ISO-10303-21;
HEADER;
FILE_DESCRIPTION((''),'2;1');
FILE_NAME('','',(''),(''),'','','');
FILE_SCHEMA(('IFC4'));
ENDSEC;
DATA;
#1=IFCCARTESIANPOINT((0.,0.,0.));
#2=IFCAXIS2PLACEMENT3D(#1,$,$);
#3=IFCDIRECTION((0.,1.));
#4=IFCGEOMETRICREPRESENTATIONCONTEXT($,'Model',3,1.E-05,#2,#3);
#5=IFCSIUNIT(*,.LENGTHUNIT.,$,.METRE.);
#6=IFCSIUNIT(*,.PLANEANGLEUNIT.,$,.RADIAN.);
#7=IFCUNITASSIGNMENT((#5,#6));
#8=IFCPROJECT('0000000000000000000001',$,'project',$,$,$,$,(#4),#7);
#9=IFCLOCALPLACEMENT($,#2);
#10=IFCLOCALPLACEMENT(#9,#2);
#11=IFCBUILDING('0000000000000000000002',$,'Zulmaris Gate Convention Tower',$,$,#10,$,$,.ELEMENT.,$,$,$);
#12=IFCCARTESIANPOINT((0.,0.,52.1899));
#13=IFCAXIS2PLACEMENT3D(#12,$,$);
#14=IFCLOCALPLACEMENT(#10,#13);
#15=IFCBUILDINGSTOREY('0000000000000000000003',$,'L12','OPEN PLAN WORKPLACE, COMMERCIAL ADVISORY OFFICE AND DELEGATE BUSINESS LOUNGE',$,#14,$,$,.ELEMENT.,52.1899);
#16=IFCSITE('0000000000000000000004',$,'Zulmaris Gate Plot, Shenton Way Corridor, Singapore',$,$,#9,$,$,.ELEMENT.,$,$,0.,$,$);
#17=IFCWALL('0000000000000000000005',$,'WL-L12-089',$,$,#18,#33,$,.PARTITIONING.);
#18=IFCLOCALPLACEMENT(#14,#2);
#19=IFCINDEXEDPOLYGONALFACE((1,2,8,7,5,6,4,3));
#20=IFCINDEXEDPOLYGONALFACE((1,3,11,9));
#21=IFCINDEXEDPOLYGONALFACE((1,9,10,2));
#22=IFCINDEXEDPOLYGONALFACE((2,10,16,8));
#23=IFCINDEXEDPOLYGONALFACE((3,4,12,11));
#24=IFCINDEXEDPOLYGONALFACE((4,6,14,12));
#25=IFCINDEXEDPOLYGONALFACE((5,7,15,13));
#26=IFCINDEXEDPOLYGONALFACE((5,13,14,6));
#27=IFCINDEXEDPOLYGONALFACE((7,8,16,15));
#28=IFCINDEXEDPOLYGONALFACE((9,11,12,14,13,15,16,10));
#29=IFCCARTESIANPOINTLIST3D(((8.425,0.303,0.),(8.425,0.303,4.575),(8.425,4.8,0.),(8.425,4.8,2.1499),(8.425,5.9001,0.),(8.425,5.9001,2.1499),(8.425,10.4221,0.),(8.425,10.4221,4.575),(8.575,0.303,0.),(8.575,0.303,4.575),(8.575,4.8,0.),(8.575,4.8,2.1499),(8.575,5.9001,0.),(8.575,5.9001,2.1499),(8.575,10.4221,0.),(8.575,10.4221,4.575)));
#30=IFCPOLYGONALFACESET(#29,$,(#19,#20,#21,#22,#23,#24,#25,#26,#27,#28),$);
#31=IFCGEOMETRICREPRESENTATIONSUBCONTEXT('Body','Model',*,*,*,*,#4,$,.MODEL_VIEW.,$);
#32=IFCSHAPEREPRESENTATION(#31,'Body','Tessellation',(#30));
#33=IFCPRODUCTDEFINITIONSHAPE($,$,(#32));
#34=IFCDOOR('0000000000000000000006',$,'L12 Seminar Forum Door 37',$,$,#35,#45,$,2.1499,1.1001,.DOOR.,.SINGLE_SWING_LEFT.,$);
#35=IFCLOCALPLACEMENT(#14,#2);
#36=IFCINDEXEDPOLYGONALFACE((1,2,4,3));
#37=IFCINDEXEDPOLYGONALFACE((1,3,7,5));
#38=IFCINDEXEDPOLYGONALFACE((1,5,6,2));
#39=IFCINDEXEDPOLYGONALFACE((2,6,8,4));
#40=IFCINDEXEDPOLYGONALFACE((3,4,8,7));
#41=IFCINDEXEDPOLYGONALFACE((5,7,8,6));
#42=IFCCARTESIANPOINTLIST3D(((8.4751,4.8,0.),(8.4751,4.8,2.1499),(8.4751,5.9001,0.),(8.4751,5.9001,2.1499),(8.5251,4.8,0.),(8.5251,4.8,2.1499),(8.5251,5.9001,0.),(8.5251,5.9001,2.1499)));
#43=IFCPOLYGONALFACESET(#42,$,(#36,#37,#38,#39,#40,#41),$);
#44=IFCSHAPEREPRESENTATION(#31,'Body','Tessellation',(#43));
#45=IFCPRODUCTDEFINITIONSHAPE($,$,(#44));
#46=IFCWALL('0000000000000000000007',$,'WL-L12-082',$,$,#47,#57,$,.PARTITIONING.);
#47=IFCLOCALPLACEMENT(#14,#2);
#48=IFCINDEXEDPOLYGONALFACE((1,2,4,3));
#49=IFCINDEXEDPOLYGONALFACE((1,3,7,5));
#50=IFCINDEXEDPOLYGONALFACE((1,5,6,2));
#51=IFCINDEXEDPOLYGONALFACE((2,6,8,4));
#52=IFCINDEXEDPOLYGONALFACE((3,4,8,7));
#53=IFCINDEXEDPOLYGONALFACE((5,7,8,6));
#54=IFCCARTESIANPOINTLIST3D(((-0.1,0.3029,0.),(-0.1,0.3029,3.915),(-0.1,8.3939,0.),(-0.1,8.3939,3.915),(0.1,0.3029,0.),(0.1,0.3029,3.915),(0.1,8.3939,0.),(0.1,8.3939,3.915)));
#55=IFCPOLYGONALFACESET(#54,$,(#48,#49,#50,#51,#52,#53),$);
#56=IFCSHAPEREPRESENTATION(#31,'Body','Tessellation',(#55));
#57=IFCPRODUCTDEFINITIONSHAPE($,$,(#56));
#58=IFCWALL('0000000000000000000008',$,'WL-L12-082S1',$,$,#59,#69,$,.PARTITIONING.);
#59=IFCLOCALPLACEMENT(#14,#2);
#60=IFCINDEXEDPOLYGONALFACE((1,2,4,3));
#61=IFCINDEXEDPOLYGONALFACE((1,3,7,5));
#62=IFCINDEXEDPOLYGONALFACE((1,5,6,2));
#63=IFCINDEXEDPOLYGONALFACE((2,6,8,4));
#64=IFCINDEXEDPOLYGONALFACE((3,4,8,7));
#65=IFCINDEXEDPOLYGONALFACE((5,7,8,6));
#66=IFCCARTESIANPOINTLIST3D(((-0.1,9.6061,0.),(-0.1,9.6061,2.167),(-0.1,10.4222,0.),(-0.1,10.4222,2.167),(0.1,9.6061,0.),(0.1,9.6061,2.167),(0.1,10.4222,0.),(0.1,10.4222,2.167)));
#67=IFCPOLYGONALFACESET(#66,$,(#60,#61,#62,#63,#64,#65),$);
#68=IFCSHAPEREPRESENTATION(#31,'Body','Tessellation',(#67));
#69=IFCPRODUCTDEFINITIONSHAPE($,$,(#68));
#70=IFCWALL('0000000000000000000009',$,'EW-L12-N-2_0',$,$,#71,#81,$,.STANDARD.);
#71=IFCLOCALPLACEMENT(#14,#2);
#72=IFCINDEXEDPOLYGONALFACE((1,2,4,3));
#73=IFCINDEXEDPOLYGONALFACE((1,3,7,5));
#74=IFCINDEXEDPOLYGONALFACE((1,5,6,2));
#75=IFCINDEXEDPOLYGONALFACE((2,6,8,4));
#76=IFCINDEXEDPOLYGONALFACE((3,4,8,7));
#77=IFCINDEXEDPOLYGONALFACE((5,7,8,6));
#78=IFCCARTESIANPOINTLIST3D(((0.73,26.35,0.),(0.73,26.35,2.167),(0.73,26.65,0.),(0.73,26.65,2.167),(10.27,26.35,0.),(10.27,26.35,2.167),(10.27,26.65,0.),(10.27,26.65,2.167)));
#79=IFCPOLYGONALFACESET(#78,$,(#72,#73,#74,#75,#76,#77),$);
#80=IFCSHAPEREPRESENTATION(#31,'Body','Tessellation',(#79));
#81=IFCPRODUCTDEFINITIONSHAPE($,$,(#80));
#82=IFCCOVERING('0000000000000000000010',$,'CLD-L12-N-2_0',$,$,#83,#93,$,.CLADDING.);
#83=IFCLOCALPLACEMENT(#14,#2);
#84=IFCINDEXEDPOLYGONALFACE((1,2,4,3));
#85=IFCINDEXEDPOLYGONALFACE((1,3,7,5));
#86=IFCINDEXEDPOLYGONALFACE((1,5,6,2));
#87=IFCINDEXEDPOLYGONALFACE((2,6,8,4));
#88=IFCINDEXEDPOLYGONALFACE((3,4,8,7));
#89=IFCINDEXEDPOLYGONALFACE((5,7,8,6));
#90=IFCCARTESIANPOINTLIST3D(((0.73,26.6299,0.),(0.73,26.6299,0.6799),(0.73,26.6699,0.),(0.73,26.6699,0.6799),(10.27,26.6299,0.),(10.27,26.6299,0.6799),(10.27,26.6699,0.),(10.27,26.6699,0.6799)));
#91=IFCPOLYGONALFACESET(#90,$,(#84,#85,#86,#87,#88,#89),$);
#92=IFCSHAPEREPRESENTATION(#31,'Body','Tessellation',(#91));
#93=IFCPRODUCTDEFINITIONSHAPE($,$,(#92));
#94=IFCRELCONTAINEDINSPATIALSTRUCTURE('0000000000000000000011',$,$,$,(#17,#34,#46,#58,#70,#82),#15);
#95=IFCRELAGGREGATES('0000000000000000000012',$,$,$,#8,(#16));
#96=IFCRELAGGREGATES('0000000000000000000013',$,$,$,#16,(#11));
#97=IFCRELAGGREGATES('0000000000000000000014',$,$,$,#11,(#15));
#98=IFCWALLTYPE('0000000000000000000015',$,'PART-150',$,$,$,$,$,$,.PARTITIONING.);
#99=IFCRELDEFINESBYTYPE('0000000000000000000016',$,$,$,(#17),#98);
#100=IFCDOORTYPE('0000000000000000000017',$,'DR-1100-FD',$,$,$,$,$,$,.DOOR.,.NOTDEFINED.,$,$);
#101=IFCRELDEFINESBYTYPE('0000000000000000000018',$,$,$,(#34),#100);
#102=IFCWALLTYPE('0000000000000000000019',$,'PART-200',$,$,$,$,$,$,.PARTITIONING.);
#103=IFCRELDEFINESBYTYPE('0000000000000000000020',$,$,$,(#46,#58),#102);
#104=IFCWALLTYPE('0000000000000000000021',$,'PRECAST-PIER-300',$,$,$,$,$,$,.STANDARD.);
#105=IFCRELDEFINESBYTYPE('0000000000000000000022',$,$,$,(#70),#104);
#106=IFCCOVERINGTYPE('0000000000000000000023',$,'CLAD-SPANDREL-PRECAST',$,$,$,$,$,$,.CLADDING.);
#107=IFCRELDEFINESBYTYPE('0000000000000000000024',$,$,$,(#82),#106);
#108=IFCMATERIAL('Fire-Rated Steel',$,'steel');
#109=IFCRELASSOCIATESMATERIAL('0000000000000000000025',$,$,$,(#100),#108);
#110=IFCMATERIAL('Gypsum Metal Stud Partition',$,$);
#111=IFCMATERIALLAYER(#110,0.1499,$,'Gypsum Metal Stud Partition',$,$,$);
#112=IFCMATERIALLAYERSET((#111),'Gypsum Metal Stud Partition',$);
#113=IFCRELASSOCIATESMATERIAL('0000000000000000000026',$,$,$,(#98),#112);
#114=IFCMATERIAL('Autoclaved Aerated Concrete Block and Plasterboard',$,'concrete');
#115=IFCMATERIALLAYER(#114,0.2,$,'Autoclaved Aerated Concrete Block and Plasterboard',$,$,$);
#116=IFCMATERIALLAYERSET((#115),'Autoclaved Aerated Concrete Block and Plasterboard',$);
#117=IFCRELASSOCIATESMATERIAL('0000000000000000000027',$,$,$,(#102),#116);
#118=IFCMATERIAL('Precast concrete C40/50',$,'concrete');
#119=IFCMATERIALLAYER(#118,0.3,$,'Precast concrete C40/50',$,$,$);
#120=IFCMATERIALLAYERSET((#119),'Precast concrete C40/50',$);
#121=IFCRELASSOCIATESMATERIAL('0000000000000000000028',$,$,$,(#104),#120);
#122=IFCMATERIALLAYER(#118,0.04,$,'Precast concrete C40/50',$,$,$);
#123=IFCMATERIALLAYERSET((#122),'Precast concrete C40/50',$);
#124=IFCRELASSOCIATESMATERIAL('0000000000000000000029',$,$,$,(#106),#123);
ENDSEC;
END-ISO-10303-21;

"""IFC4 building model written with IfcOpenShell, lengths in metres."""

from ifc_helpers import new_model, si_unit, direction, frame, frame_2d, origin, place, context, subcontext, project, spatial, rectangle, extrude, material, layer, layer_set, type_object, element, fill, save


model = new_model("IFC4")

# Units and contexts
model_context = context("Model", 3, precision=1e-05, world=origin(), true_north=direction((0.0, 1.0)))
body_context = subcontext(model_context, "Body", "Model", "MODEL_VIEW")
ifc_project = project(units=[si_unit("LENGTHUNIT", "METRE"), si_unit("PLANEANGLEUNIT", "RADIAN")], contexts=[model_context])

# Site, building, storey
site_placement = place(None, origin())
site = spatial("IfcSite", under=ifc_project, at=site_placement, Name="Zulmaris Gate Plot, Shenton Way Corridor, Singapore", CompositionType="ELEMENT", RefElevation=0.0)
building_placement = place(site_placement, origin())
building = spatial("IfcBuilding", under=site, at=building_placement, Name="Zulmaris Gate Convention Tower", CompositionType="ELEMENT")
storey_placement = place(building_placement, frame((0.0, 0.0, 52.1899)))
storey = spatial("IfcBuildingStorey", under=building, at=storey_placement, Name="L12", Description="OPEN PLAN WORKPLACE, COMMERCIAL ADVISORY OFFICE AND DELEGATE BUSINESS LOUNGE", CompositionType="ELEMENT", Elevation=52.1899)

# Shared definitions
ifc_material_1 = material(Name="Fire-Rated Steel", Category="steel")
door_type_1 = type_object("IfcDoorType", Name="DR-1100-FD", OperationType="NOTDEFINED", PredefinedType="DOOR", material=ifc_material_1)

# Shared definitions
ifc_material_2 = material(Name="Gypsum Metal Stud Partition")
ifc_layer_1 = layer(ifc_material_2, 0.1499, Name="Gypsum Metal Stud Partition")
ifc_layer_set_1 = layer_set([ifc_layer_1], Name="Gypsum Metal Stud Partition")
wall_type_1 = type_object("IfcWallType", Name="PART-150", PredefinedType="PARTITIONING", material=ifc_layer_set_1)

# Wall, opening, door
wall_1_placement = place(storey_placement, frame((8.5, 0.303, 0.0), z_axis=(0.0, 0.0, 1.0), x_axis=(0.0, 1.0, 0.0)))
wall_1 = element("IfcWall", 1, at=wall_1_placement, inside=storey, type_object=wall_type_1, Name="WL-L12-089", PredefinedType="PARTITIONING", context=body_context, shape_type="SweptSolid", body=[
    extrude(rectangle(XDim=10.1191, YDim=0.1499, at=frame_2d((5.0596, 0.0))), origin(), (0.0, 0.0, 1.0), 4.575),
])
opening_1_placement = place(wall_1_placement, frame((4.4971, 0.0, 0.0)))
opening_1 = element("IfcOpeningElement", 2, at=opening_1_placement, cuts=wall_1, PredefinedType="OPENING", context=body_context, shape_type="SweptSolid", body=[
    extrude(rectangle(XDim=1.1001, YDim=2.1499, at=frame_2d((0.55, 1.075))), frame((0.0, 0.085, 0.0), z_axis=(0.0, -1.0, 0.0), x_axis=(1.0, 0.0, 0.0)), (0.0, 0.0, 1.0), 0.1699),
])
door_1_placement = place(opening_1_placement, origin())
door_1 = element("IfcDoor", 3, at=door_1_placement, inside=storey, type_object=door_type_1, Name="L12 Seminar Forum Door 37", OperationType="SINGLE_SWING_LEFT", OverallHeight=2.1499, OverallWidth=1.1001, PredefinedType="DOOR", context=body_context, shape_type="SweptSolid", body=[
    extrude(rectangle(XDim=1.1001, YDim=2.1499, at=frame_2d((0.55, 1.075))), frame((0.0, 0.0249, 0.0), z_axis=(0.0, -1.0, 0.0), x_axis=(1.0, 0.0, 0.0)), (0.0, 0.0, 1.0), 0.05),
])
fill(opening_1, door_1)

# Walls
ifc_material_3 = material(Name="Autoclaved Aerated Concrete Block and Plasterboard", Category="concrete")
ifc_layer_2 = layer(ifc_material_3, 0.2, Name="Autoclaved Aerated Concrete Block and Plasterboard")
ifc_layer_set_2 = layer_set([ifc_layer_2], Name="Autoclaved Aerated Concrete Block and Plasterboard")
wall_type_2 = type_object("IfcWallType", Name="PART-200", PredefinedType="PARTITIONING", material=ifc_layer_set_2)
wall_2_placement = place(storey_placement, frame((0.0, 0.303, 0.0), z_axis=(0.0, 0.0, 1.0), x_axis=(0.0, 1.0, 0.0)))
element("IfcWall", 4, at=wall_2_placement, inside=storey, type_object=wall_type_2, Name="WL-L12-082", PredefinedType="PARTITIONING", context=body_context, shape_type="SweptSolid", body=[
    extrude(rectangle(XDim=8.0911, YDim=0.2, at=frame_2d((4.0454, 0.0))), origin(), (0.0, 0.0, 1.0), 3.915),
])
wall_3_placement = place(storey_placement, frame((0.0, 9.606, 0.0), z_axis=(0.0, 0.0, 1.0), x_axis=(0.0, 1.0, 0.0)))
element("IfcWall", 5, at=wall_3_placement, inside=storey, type_object=wall_type_2, Name="WL-L12-082S1", PredefinedType="PARTITIONING", context=body_context, shape_type="SweptSolid", body=[
    extrude(rectangle(XDim=0.8162, YDim=0.2, at=frame_2d((0.4082, 0.0))), origin(), (0.0, 0.0, 1.0), 2.167),
])
ifc_material_4 = material(Name="Precast concrete C40/50", Category="concrete")
ifc_layer_3 = layer(ifc_material_4, 0.3, Name="Precast concrete C40/50")
ifc_layer_set_3 = layer_set([ifc_layer_3], Name="Precast concrete C40/50")
wall_type_3 = type_object("IfcWallType", Name="PRECAST-PIER-300", PredefinedType="STANDARD", material=ifc_layer_set_3)
wall_4_placement = place(storey_placement, frame((10.27, 26.5, 0.0), z_axis=(0.0, 0.0, 1.0), x_axis=(-1.0, 0.0, 0.0)))
element("IfcWall", 6, at=wall_4_placement, inside=storey, type_object=wall_type_3, Name="EW-L12-N-2_0", PredefinedType="STANDARD", context=body_context, shape_type="SweptSolid", body=[
    extrude(rectangle(XDim=9.54, YDim=0.3, at=frame_2d((4.77, 0.0))), origin(), (0.0, 0.0, 1.0), 2.167),
])

# Covering
ifc_layer_4 = layer(ifc_material_4, 0.04, Name="Precast concrete C40/50")
ifc_layer_set_4 = layer_set([ifc_layer_4], Name="Precast concrete C40/50")
covering_type = type_object("IfcCoveringType", Name="CLAD-SPANDREL-PRECAST", PredefinedType="CLADDING", material=ifc_layer_set_4)
covering_placement = place(storey_placement, frame((10.27, 26.6499, 0.0), z_axis=(0.0, 0.0, 1.0), x_axis=(-1.0, 0.0, 0.0)))
element("IfcCovering", 7, at=covering_placement, inside=storey, type_object=covering_type, Name="CLD-L12-N-2_0", PredefinedType="CLADDING", context=body_context, shape_type="SweptSolid", body=[
    extrude(rectangle(XDim=9.54, YDim=0.04, at=frame_2d((4.77, 0.0))), origin(), (0.0, 0.0, 1.0), 0.6799),
])

save(model, "model.ifc")
